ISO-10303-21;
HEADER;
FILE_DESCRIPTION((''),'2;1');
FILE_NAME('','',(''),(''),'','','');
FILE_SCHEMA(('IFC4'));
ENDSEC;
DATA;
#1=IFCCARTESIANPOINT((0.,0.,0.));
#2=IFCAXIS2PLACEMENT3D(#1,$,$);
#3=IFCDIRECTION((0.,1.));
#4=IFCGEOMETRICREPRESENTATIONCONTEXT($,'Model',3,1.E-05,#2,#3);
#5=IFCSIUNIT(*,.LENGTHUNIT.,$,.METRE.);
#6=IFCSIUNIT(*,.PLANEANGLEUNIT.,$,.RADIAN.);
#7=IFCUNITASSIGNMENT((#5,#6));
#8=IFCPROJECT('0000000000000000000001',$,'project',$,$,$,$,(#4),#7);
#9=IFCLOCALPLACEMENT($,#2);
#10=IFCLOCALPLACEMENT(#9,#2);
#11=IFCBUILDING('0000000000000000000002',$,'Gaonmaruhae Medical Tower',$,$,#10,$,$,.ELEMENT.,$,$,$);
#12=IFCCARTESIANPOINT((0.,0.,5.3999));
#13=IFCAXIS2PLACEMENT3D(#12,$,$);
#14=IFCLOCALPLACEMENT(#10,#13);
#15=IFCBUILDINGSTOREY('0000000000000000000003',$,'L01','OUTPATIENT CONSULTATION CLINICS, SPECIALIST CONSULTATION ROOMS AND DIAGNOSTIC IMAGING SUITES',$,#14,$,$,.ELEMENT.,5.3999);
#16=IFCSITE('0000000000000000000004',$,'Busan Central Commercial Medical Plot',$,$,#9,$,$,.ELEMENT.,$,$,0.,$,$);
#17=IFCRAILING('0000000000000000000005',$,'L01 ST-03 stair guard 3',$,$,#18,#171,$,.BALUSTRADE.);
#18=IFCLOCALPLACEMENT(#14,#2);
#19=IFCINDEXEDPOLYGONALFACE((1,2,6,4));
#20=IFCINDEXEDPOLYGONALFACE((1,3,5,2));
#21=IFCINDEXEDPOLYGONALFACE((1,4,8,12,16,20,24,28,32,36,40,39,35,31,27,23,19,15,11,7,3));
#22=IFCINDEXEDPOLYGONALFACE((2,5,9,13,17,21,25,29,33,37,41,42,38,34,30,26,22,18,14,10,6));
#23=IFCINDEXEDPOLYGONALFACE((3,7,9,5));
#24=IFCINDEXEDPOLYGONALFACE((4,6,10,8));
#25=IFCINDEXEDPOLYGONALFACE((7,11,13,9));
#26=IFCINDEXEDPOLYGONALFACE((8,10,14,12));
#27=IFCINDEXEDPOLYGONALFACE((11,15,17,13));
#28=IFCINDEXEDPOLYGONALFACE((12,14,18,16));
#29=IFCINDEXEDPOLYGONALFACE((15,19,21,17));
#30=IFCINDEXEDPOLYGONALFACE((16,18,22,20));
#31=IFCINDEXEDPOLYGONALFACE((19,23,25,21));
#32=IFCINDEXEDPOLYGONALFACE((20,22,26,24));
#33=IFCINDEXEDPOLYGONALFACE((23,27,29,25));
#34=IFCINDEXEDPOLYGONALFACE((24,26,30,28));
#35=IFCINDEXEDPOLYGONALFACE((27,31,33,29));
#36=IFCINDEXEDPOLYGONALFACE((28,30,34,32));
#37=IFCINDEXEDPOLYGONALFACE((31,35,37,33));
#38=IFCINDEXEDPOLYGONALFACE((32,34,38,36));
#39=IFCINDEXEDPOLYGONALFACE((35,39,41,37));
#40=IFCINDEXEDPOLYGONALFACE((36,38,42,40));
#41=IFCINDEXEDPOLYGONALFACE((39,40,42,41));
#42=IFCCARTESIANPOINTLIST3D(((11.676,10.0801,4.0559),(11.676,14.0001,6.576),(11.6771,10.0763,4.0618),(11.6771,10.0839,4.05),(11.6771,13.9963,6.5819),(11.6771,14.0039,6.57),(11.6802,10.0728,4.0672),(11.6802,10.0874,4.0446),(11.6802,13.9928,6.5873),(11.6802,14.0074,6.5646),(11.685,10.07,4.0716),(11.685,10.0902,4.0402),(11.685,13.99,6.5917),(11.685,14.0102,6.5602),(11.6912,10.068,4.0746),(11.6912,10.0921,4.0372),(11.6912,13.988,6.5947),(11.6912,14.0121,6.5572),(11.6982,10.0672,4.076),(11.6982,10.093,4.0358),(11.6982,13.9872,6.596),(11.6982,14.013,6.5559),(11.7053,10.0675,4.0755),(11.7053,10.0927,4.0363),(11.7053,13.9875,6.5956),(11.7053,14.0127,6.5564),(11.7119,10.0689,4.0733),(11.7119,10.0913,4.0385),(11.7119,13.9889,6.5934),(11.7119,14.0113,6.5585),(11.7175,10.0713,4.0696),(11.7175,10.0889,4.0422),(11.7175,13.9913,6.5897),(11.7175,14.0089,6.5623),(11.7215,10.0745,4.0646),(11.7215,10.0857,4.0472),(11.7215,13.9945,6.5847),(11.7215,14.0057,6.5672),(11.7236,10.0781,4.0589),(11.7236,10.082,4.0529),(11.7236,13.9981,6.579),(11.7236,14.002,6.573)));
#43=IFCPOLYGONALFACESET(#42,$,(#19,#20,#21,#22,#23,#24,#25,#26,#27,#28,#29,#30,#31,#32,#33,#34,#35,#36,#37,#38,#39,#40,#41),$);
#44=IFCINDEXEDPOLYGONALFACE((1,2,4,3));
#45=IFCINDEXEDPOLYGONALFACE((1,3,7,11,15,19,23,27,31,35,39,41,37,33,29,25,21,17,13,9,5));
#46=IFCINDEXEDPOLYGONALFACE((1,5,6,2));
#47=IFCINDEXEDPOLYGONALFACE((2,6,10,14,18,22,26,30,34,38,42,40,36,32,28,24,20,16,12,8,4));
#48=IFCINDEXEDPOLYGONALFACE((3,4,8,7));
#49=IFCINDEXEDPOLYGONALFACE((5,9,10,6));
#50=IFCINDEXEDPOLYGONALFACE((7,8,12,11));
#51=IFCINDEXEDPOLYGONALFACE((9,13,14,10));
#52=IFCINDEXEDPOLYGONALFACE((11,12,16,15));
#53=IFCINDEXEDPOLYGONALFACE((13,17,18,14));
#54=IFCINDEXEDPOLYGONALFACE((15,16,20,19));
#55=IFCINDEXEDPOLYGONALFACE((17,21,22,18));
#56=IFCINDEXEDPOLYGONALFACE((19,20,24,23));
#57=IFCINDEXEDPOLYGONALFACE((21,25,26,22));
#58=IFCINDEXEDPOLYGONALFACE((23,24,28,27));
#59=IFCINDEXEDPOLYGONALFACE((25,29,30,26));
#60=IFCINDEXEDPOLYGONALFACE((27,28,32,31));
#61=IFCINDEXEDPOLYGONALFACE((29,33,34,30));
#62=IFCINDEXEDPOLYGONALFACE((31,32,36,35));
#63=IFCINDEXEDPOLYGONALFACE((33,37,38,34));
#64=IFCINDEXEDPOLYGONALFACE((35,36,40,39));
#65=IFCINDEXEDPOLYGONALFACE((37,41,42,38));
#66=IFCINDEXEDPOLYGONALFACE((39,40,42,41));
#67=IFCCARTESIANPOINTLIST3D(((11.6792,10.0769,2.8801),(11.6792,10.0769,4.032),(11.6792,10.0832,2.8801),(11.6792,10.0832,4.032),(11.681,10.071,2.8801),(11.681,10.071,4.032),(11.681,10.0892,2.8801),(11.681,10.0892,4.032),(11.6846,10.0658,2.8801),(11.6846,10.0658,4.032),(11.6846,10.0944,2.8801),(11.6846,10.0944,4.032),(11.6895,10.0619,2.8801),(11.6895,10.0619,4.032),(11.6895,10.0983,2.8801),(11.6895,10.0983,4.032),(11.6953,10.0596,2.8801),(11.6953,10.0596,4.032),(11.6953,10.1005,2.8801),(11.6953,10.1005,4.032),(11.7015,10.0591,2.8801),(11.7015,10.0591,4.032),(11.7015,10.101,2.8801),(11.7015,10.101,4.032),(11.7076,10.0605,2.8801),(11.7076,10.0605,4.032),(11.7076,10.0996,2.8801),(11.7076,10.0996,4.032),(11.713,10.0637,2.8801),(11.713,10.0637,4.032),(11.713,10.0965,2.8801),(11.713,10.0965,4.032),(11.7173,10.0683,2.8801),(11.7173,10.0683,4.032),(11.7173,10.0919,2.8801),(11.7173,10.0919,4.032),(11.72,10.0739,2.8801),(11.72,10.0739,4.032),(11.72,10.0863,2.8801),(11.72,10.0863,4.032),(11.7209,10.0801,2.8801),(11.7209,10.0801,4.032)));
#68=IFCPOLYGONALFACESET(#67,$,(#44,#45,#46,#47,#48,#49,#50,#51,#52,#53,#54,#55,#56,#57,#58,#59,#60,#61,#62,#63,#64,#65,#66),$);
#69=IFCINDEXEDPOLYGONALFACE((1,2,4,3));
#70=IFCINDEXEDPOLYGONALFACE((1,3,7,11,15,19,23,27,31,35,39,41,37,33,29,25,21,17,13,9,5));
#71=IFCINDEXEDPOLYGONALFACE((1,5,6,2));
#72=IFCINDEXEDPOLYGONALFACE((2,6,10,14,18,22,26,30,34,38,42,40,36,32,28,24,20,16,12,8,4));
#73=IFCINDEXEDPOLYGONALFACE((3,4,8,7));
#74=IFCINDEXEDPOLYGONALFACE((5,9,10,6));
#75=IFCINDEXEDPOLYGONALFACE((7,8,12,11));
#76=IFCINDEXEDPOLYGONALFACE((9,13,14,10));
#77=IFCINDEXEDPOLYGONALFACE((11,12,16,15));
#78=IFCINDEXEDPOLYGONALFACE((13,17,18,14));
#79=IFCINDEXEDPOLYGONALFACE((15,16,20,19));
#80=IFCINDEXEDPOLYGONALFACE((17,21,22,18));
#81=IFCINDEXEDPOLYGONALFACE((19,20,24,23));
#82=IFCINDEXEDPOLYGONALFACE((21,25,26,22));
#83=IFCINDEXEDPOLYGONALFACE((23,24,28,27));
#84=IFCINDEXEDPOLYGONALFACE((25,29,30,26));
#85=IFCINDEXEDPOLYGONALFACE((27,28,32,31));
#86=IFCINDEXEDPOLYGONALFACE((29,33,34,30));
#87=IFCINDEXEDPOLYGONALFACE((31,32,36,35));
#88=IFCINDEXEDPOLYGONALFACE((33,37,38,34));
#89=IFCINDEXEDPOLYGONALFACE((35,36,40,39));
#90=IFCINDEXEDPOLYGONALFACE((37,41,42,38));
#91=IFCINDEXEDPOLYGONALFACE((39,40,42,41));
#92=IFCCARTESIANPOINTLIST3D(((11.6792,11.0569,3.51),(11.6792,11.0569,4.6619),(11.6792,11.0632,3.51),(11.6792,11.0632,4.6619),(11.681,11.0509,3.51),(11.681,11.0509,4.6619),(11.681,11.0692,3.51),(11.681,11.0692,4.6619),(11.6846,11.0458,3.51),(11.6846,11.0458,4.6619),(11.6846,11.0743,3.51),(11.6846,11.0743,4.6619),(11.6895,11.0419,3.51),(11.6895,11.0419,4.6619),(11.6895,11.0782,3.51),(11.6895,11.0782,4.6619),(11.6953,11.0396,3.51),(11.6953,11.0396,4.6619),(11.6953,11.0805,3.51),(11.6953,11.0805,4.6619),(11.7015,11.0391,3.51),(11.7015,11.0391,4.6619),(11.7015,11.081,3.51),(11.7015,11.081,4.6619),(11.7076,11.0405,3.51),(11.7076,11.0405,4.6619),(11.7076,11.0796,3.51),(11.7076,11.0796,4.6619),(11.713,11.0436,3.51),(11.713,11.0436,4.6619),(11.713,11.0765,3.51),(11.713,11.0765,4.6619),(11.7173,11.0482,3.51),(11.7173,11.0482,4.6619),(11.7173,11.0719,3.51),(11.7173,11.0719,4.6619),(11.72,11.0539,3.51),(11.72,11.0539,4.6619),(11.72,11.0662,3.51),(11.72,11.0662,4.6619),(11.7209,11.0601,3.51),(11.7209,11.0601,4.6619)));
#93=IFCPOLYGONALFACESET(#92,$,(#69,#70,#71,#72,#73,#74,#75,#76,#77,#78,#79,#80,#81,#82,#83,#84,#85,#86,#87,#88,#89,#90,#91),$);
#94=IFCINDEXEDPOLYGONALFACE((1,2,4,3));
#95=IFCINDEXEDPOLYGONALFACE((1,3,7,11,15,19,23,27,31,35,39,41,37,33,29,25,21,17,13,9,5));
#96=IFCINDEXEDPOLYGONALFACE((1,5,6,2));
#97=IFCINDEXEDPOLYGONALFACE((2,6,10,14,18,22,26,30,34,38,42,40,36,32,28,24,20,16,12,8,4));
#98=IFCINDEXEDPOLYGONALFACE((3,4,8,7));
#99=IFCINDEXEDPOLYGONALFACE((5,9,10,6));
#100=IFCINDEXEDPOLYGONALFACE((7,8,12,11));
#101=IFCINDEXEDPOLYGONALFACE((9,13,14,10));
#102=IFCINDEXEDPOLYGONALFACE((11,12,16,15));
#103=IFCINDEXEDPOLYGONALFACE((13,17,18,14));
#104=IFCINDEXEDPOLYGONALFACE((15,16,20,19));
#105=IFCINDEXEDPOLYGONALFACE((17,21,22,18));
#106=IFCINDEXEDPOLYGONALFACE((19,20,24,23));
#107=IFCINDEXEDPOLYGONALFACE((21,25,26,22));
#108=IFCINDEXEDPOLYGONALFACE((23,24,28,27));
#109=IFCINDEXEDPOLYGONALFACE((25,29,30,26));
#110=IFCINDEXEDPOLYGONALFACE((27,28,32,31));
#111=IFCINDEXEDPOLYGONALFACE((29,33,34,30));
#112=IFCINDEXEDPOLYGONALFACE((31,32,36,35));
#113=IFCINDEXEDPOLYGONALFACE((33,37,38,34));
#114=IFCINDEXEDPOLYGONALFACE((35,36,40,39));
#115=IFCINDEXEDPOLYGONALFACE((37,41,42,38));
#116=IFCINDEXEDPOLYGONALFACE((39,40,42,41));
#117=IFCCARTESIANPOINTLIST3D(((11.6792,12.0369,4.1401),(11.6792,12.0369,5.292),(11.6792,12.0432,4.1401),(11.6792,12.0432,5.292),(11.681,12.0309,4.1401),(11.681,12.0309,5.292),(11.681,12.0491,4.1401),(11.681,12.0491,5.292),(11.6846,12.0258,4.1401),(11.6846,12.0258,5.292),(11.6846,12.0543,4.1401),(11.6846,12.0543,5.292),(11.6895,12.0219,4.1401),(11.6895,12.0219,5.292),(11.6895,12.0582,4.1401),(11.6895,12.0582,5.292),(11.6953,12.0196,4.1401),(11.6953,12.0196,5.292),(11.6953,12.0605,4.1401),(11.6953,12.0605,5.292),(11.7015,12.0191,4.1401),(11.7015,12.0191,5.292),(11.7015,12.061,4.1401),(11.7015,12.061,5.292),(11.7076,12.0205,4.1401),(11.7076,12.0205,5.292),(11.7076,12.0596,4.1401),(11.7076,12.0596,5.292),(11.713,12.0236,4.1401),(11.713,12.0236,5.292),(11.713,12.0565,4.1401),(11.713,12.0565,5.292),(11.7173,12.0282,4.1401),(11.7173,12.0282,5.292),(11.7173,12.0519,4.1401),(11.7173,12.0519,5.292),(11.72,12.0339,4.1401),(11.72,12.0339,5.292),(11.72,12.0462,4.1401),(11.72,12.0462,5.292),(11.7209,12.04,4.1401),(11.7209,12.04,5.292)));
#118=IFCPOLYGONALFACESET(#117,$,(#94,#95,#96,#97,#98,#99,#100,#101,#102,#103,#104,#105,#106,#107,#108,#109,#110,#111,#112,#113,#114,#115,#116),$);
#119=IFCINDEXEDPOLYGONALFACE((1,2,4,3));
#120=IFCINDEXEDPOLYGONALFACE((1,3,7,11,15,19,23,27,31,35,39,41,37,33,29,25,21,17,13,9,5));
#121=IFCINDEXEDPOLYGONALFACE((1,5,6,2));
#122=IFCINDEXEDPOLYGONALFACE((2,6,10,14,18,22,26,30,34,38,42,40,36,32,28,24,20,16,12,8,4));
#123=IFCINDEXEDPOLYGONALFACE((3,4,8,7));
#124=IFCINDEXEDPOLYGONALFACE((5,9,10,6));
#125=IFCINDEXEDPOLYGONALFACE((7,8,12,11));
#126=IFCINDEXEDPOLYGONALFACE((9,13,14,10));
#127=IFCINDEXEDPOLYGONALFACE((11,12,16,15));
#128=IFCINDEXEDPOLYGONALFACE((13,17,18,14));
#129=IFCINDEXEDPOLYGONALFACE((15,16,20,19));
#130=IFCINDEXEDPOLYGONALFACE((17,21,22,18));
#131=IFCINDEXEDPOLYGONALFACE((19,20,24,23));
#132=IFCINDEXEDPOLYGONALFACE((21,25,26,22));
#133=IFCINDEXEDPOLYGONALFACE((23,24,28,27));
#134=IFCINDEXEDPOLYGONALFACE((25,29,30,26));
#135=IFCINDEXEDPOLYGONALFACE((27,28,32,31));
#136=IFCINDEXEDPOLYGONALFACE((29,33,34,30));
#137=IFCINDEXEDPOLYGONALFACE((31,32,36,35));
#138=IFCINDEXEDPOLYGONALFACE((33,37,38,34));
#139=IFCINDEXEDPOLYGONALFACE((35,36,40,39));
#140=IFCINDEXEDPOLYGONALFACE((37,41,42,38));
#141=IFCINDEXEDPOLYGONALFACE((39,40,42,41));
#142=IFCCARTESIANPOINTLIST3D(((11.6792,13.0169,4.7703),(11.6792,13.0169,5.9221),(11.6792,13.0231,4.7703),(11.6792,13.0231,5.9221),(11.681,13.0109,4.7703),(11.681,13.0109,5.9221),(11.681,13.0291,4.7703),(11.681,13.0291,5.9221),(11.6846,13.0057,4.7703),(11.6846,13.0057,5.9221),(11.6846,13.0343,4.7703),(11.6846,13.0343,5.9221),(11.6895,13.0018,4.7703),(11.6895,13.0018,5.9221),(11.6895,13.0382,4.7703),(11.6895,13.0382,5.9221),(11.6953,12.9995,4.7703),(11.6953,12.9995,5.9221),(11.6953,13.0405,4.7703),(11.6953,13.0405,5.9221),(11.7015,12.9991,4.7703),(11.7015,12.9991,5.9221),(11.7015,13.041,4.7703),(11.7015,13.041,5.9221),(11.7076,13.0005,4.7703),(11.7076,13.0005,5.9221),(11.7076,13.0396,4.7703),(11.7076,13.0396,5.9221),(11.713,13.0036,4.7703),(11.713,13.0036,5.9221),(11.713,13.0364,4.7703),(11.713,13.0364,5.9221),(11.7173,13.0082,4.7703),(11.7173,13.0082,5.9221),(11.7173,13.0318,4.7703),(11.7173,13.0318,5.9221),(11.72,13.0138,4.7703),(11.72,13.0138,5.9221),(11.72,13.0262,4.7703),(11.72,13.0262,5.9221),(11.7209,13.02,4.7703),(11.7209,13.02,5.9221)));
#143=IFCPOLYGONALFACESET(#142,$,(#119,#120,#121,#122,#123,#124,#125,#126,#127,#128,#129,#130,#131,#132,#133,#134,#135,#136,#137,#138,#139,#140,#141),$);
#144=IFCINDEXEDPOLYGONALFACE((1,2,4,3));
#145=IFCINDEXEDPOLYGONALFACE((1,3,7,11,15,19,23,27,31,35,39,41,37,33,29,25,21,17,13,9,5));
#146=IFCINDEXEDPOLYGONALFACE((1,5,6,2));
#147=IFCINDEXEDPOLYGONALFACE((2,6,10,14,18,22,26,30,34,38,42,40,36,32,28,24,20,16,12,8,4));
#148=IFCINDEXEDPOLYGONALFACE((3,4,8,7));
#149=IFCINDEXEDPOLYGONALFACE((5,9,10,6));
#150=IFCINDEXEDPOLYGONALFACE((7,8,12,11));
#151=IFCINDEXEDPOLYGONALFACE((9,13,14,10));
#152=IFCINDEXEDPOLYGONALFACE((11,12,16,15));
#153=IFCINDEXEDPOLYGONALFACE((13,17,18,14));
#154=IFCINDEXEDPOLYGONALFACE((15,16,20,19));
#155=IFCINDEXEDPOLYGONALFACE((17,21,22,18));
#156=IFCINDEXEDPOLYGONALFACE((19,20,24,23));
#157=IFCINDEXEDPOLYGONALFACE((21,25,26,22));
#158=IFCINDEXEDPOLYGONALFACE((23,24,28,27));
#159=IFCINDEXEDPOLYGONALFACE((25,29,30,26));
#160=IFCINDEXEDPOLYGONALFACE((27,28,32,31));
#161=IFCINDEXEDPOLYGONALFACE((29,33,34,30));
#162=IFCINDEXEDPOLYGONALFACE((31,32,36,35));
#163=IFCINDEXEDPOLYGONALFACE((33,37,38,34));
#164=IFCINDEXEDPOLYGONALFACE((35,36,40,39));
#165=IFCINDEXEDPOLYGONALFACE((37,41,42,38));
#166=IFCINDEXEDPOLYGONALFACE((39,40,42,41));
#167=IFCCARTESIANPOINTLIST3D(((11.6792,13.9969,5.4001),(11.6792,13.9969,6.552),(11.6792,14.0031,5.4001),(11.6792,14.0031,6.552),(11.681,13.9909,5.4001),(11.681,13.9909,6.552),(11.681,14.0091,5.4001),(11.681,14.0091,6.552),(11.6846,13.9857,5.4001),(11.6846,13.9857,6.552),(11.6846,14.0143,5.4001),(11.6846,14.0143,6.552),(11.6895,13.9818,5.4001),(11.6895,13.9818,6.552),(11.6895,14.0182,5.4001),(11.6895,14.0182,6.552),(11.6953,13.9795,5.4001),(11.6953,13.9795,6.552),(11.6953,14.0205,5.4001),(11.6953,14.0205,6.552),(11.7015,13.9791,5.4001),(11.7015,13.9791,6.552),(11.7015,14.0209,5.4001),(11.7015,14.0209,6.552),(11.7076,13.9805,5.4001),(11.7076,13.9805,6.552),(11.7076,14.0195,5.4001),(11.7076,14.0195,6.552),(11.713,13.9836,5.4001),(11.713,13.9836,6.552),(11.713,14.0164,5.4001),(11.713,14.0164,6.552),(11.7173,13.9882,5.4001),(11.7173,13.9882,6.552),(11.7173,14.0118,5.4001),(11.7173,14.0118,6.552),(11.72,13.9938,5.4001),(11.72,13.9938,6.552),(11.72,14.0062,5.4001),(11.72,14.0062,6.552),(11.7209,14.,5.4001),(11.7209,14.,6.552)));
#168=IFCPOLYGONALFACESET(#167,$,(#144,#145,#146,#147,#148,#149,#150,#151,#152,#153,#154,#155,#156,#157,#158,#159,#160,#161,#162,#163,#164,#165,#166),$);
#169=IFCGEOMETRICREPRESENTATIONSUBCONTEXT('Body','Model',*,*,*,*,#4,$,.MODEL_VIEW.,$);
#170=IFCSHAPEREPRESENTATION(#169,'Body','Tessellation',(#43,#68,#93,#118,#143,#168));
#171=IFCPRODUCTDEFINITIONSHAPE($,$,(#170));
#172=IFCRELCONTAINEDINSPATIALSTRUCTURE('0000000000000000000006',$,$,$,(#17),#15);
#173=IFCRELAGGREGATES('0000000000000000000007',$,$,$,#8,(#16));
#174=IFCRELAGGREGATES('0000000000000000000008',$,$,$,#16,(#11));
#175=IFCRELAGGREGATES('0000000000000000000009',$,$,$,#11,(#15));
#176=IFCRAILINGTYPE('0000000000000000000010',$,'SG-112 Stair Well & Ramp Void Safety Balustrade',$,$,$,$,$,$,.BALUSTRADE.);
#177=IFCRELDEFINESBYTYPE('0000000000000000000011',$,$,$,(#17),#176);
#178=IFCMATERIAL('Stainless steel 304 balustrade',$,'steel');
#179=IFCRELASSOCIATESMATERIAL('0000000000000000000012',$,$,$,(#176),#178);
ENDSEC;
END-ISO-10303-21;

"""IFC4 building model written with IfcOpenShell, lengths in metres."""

from ifc_helpers import new_model, si_unit, direction, frame, origin, origin_2d, place, context, subcontext, project, spatial, circle, extrude, material, type_object, element, save


model = new_model("IFC4")

# Units and contexts
model_context = context("Model", 3, precision=1e-05, world=origin(), true_north=direction((0.0, 1.0)))
body_context = subcontext(model_context, "Body", "Model", "MODEL_VIEW")
ifc_project = project(units=[si_unit("LENGTHUNIT", "METRE"), si_unit("PLANEANGLEUNIT", "RADIAN")], contexts=[model_context])

# Site, building, storey
site_placement = place(None, origin())
site = spatial("IfcSite", under=ifc_project, at=site_placement, Name="Busan Central Commercial Medical Plot", CompositionType="ELEMENT", RefElevation=0.0)
building_placement = place(site_placement, origin())
building = spatial("IfcBuilding", under=site, at=building_placement, Name="Gaonmaruhae Medical Tower", CompositionType="ELEMENT")
storey_placement = place(building_placement, frame((0.0, 0.0, 5.3999)))
storey = spatial("IfcBuildingStorey", under=building, at=storey_placement, Name="L01", Description="OUTPATIENT CONSULTATION CLINICS, SPECIALIST CONSULTATION ROOMS AND DIAGNOSTIC IMAGING SUITES", CompositionType="ELEMENT", Elevation=5.3999)

# Railing
ifc_material_1 = material(Name="Stainless steel 304 balustrade", Category="steel")
railing_type_1 = type_object("IfcRailingType", Name="SG-112 Stair Well & Ramp Void Safety Balustrade", PredefinedType="BALUSTRADE", material=ifc_material_1)
railing_1_placement = place(storey_placement, frame((11.7, 10.0801, 2.8801)))
element("IfcRailing", 1, at=railing_1_placement, inside=storey, type_object=railing_type_1, Name="L01 ST-03 stair guard 3", PredefinedType="BALUSTRADE", context=body_context, shape_type="SweptSolid", body=[
    extrude(circle(Radius=0.0239, at=origin_2d()), frame((0.0, 0.0, 1.1758), z_axis=(0.0, 0.841172, 0.540768), x_axis=(-1.0, 0.0, 0.0)), (0.0, 0.0, 1.0), 4.6602),
    extrude(circle(Radius=0.021, at=origin_2d()), origin(), (0.0, 0.0, 1.0), 1.1519),
    extrude(circle(Radius=0.021, at=origin_2d()), frame((0.0, 0.98, 0.6299)), (0.0, 0.0, 1.0), 1.1519),
    extrude(circle(Radius=0.021, at=origin_2d()), frame((0.0, 1.96, 1.26)), (0.0, 0.0, 1.0), 1.1519),
    extrude(circle(Radius=0.021, at=origin_2d()), frame((0.0, 2.9399, 1.8901)), (0.0, 0.0, 1.0), 1.1519),
    extrude(circle(Radius=0.021, at=origin_2d()), frame((0.0, 3.9199, 2.52)), (0.0, 0.0, 1.0), 1.1519),
])

save(model, "model.ifc")
